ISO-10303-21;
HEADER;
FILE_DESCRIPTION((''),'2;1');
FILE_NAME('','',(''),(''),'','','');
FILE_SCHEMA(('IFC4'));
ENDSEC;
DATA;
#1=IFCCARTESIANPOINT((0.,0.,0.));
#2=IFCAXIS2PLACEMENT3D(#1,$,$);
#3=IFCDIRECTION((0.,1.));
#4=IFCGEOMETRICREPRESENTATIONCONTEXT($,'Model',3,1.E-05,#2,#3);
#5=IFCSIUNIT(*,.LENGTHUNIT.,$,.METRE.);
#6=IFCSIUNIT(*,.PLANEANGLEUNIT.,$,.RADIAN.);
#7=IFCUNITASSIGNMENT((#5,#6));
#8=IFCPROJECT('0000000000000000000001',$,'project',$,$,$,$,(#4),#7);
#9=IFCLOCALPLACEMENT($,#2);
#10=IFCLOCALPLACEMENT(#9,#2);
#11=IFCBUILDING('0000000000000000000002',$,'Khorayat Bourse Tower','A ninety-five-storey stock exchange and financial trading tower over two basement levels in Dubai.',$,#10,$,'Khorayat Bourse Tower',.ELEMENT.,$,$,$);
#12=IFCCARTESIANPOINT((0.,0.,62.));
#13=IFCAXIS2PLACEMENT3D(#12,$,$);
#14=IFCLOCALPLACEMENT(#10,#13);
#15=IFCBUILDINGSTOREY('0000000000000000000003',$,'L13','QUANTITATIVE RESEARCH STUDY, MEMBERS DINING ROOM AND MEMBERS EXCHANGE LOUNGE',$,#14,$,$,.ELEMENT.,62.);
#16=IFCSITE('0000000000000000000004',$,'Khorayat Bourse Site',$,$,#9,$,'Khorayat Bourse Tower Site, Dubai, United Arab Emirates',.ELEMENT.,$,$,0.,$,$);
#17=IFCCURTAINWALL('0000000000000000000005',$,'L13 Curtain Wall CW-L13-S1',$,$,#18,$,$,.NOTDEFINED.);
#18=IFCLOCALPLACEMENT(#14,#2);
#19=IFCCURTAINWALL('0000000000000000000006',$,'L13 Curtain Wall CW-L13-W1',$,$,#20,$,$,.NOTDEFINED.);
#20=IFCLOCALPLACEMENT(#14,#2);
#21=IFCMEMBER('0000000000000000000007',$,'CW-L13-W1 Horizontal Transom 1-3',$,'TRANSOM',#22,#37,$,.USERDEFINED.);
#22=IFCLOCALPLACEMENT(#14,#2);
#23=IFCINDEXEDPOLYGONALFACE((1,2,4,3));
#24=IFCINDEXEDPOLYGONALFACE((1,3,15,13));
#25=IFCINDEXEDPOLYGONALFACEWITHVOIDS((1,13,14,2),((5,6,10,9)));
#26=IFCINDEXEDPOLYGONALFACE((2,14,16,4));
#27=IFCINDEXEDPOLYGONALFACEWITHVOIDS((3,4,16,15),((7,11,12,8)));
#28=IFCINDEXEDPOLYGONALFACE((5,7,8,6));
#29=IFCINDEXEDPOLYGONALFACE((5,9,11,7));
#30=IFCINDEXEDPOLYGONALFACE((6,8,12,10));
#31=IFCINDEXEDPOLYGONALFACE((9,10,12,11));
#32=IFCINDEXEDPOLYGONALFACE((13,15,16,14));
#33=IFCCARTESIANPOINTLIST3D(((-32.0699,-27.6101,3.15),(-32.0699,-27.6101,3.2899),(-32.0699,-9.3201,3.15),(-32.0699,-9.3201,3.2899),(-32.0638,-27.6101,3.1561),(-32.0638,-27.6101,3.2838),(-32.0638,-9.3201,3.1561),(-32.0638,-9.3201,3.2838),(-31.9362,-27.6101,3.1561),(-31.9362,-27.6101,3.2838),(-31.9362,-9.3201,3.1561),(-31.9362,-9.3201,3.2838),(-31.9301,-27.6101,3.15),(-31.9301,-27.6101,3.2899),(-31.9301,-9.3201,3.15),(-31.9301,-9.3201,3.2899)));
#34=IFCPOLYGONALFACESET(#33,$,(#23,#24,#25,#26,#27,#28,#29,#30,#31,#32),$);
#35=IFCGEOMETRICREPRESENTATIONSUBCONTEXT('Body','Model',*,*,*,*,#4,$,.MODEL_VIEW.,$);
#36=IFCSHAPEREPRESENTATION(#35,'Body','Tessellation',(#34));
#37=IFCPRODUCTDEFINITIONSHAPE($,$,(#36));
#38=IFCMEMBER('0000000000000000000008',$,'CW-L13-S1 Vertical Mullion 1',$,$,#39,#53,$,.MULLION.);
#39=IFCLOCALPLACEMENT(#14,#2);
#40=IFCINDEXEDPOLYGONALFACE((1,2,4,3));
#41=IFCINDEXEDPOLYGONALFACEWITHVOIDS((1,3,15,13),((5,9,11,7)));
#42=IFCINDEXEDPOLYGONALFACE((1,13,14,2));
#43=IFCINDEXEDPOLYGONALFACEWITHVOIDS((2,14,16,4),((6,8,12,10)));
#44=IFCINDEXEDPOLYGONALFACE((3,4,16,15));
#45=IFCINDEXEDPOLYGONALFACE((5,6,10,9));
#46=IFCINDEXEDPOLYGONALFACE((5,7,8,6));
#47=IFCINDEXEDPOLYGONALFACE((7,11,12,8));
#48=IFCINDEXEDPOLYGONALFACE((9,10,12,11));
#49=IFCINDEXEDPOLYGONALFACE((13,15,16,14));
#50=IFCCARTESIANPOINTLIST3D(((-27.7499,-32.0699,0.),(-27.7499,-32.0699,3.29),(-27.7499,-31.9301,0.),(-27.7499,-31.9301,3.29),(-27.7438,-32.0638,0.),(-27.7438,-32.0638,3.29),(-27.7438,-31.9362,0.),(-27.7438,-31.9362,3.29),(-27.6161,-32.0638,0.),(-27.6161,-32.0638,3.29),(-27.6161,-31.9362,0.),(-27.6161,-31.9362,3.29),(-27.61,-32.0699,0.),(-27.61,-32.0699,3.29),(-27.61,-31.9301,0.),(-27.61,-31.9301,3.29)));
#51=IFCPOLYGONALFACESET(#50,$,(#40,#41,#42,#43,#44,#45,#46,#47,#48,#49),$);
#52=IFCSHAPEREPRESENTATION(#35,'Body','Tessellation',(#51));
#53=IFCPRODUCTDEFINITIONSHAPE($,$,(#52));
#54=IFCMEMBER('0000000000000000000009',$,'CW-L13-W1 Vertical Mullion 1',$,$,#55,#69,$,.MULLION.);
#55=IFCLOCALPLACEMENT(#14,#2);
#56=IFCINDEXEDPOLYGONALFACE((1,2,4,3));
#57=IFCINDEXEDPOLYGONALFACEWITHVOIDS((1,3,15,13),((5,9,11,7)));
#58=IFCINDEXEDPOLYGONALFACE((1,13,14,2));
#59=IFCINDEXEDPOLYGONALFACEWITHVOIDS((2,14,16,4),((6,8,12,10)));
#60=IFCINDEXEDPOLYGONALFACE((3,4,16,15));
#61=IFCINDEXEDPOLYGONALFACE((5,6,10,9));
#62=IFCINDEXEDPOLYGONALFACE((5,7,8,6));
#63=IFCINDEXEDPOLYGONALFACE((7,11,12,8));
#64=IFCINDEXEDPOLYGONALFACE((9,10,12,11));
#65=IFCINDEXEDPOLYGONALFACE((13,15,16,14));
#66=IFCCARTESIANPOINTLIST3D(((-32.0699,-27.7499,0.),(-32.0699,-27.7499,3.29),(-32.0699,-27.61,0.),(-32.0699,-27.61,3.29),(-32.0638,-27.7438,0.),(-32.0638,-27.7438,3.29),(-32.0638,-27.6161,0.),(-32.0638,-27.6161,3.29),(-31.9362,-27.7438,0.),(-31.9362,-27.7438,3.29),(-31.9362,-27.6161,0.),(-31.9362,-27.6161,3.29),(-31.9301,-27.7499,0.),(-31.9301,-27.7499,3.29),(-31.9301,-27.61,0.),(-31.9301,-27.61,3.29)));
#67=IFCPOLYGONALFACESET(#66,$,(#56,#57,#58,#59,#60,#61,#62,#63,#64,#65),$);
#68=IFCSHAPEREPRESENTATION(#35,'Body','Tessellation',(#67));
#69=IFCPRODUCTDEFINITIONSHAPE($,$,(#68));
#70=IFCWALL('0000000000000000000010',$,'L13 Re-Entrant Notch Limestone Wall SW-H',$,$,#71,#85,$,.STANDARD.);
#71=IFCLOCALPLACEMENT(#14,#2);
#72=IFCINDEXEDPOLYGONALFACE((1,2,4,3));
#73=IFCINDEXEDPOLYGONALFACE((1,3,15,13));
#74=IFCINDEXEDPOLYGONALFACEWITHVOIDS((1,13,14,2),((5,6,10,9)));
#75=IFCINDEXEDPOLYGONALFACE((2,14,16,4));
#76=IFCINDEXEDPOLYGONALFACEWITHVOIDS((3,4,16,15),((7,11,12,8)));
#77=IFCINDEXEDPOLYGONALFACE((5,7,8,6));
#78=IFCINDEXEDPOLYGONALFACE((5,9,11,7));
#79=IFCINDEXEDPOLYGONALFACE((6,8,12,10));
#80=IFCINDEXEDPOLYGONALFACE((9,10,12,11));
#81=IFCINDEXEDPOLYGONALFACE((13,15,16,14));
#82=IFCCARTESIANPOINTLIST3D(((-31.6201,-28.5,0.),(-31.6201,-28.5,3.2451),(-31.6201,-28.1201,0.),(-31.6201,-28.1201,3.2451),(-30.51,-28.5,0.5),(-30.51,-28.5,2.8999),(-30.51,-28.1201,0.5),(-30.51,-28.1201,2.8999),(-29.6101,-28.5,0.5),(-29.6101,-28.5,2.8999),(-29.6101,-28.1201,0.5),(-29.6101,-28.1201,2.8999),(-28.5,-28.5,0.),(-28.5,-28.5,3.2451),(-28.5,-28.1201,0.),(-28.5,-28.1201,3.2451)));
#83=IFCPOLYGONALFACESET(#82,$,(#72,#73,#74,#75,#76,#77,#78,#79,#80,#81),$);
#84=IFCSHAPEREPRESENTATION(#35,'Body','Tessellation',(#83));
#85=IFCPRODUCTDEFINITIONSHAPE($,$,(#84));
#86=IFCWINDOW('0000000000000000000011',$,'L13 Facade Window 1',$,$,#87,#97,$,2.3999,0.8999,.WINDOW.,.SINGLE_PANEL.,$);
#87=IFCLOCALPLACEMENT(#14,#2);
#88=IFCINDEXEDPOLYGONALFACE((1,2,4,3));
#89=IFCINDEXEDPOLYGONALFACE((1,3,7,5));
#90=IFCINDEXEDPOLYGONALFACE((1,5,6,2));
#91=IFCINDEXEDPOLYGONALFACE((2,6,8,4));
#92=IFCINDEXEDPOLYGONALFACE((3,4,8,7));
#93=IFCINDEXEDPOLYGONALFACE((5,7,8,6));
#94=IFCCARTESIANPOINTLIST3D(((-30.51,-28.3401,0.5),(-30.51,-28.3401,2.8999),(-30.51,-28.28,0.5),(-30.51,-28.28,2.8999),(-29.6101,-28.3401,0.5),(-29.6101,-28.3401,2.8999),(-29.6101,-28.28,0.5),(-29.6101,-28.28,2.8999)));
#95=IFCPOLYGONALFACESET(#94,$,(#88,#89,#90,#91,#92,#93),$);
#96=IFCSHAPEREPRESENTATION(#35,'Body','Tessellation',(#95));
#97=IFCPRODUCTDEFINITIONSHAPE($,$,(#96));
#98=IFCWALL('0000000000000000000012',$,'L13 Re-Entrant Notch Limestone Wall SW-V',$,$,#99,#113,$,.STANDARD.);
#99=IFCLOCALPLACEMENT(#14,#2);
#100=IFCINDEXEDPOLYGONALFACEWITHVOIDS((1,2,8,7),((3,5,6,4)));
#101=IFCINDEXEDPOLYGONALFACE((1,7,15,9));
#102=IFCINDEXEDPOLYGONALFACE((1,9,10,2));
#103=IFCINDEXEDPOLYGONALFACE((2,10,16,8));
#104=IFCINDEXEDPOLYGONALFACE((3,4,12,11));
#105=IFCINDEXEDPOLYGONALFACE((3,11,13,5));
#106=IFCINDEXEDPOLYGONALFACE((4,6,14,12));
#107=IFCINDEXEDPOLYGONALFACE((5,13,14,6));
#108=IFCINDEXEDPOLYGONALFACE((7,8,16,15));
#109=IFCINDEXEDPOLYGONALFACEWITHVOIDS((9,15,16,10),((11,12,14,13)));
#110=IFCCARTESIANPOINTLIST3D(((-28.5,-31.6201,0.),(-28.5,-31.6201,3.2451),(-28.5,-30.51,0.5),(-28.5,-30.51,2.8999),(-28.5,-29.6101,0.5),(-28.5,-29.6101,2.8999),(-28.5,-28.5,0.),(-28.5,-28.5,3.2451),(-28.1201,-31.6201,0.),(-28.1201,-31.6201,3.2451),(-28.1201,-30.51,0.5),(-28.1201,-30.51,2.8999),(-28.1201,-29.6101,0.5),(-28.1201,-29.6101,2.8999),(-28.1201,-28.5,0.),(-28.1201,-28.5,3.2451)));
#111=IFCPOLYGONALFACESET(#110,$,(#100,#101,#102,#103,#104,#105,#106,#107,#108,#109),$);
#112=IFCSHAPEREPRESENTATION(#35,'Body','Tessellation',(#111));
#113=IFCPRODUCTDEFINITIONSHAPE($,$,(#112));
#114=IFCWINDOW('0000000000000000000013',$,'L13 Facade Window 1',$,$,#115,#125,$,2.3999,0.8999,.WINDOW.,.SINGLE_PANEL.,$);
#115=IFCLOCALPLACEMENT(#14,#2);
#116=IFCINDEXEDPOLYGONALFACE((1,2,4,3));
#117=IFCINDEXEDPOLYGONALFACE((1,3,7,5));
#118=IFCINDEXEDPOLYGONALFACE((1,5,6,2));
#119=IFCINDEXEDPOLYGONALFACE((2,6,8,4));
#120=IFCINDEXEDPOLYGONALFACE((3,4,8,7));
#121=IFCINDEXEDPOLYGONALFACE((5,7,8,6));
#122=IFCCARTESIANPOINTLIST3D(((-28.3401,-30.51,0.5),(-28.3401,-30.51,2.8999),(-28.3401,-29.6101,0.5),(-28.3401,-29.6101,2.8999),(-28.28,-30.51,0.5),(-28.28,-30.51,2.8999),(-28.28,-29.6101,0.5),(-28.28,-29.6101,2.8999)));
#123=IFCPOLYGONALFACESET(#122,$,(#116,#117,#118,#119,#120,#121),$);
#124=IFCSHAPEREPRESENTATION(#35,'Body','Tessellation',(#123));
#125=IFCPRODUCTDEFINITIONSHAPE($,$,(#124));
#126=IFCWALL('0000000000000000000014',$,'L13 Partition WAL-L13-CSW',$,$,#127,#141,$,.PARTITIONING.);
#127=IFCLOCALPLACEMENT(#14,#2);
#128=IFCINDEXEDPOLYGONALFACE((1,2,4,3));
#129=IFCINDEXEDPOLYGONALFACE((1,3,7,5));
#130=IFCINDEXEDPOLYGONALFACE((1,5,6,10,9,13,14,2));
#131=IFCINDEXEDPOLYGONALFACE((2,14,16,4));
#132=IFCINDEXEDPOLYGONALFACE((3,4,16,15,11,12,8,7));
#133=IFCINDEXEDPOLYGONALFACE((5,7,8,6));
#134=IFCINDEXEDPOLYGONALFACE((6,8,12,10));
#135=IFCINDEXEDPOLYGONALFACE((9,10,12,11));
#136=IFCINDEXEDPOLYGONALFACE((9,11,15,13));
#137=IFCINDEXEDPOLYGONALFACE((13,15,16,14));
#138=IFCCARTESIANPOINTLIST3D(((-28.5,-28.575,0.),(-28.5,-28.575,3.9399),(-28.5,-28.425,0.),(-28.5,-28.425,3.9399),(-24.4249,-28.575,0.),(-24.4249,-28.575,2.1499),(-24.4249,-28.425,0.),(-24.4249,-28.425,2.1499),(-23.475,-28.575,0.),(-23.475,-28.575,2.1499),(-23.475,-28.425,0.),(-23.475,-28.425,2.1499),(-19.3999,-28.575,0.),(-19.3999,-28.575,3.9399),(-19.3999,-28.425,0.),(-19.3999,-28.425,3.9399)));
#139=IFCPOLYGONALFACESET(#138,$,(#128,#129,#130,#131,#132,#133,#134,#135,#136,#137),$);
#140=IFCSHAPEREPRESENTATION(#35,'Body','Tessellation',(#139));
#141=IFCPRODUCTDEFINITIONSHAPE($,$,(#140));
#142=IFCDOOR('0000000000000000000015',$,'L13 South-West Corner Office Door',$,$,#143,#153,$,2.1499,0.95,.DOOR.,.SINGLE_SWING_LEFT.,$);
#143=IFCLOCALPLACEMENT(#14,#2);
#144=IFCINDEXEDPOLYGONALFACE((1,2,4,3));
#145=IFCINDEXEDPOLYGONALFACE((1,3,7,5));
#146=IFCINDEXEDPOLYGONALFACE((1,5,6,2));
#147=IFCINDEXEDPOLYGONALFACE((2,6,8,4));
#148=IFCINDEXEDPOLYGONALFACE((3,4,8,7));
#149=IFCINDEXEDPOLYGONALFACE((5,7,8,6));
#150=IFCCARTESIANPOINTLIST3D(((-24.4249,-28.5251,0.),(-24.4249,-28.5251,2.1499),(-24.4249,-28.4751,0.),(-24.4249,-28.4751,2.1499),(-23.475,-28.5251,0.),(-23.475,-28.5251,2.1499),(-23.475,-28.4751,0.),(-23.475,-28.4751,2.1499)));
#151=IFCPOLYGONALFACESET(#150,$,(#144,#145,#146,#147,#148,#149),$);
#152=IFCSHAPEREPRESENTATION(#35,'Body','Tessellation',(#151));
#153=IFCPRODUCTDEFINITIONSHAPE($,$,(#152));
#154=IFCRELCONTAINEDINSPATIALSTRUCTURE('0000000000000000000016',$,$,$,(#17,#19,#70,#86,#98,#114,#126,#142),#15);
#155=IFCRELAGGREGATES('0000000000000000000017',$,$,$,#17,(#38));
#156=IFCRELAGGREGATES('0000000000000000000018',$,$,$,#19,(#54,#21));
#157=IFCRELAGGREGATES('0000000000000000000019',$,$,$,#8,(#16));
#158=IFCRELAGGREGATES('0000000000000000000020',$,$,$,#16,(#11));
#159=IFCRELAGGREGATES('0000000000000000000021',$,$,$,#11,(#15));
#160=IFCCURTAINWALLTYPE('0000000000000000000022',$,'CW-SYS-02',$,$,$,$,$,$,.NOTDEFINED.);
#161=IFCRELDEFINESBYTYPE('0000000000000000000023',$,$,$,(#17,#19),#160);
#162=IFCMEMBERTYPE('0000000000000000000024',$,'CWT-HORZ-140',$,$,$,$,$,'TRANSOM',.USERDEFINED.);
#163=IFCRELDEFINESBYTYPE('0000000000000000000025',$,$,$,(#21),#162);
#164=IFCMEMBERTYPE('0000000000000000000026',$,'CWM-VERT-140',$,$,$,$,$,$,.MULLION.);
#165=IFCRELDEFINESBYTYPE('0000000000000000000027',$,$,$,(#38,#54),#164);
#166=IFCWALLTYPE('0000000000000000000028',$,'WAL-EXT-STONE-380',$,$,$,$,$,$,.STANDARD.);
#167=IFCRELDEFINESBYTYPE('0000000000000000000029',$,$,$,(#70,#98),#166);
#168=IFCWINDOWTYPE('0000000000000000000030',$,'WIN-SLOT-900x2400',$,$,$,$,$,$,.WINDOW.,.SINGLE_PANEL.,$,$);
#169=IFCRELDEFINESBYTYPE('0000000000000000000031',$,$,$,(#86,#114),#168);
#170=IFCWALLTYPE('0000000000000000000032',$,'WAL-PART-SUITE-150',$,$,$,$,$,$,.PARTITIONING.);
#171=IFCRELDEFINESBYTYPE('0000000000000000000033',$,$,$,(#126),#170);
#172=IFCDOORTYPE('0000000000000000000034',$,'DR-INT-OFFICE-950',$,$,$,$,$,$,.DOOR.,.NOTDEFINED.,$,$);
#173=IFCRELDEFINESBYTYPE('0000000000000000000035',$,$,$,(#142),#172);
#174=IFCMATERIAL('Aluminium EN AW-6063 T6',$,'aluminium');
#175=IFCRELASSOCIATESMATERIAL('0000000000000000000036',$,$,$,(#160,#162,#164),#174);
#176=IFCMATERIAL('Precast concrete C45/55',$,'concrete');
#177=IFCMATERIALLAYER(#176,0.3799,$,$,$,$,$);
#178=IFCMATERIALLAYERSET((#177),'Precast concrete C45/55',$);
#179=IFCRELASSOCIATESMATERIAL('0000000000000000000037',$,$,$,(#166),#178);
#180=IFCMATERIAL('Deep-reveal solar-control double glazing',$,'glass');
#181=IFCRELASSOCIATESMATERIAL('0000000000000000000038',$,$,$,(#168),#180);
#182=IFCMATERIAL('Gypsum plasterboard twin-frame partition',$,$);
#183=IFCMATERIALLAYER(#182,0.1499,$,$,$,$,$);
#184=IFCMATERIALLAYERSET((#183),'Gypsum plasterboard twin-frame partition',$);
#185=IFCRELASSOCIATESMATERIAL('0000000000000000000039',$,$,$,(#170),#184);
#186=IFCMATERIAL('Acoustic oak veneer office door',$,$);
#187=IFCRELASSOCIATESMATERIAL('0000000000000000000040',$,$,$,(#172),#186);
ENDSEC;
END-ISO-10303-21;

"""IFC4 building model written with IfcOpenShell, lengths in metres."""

from ifc_helpers import new_model, si_unit, direction, frame, frame_2d, origin, origin_2d, place, context, subcontext, project, spatial, rectangle, hollow_rectangle, extrude, source, transform, mapped, material, layer, layer_set, material_profile, profile_set, type_object, element, fill, aggregate, save


model = new_model("IFC4")

# Units and contexts
model_context = context("Model", 3, precision=1e-05, world=origin(), true_north=direction((0.0, 1.0)))
body_context = subcontext(model_context, "Body", "Model", "MODEL_VIEW")
ifc_project = project(units=[si_unit("LENGTHUNIT", "METRE"), si_unit("PLANEANGLEUNIT", "RADIAN")], contexts=[model_context])

# Site, building, storey
site_placement = place(None, origin())
site = spatial("IfcSite", under=ifc_project, at=site_placement, Name="Khorayat Bourse Site", LongName="Khorayat Bourse Tower Site, Dubai, United Arab Emirates", CompositionType="ELEMENT", RefElevation=0.0)
building_placement = place(site_placement, origin())
building = spatial("IfcBuilding", under=site, at=building_placement, Name="Khorayat Bourse Tower", Description="A ninety-five-storey stock exchange and financial trading tower over two basement levels in Dubai.", LongName="Khorayat Bourse Tower", CompositionType="ELEMENT")
storey_placement = place(building_placement, frame((0.0, 0.0, 62.0)))
storey = spatial("IfcBuildingStorey", under=building, at=storey_placement, Name="L13", Description="QUANTITATIVE RESEARCH STUDY, MEMBERS DINING ROOM AND MEMBERS EXCHANGE LOUNGE", CompositionType="ELEMENT", Elevation=62.0)

# Curtain walls, member
ifc_material_1 = material(Name="Aluminium EN AW-6063 T6", Category="aluminium")
curtain_wall_type = type_object("IfcCurtainWallType", Name="CW-SYS-02", PredefinedType="NOTDEFINED", material=ifc_material_1)
curtain_wall_1_placement = place(storey_placement, origin())
curtain_wall_1 = element("IfcCurtainWall", 1, at=curtain_wall_1_placement, inside=storey, type_object=curtain_wall_type, Name="L13 Curtain Wall CW-L13-S1", PredefinedType="NOTDEFINED")
ifc_material_profile_1 = material_profile(ifc_material_1, hollow_rectangle(XDim=0.1399, YDim=0.1399, WallThickness=0.0061, at=origin_2d()), Name="ALU 140x140x6")
ifc_profile_set_1 = profile_set([ifc_material_profile_1], Name="Aluminium EN AW-6063 T6")
member_type_1 = type_object("IfcMemberType", Name="CWT-HORZ-140", ElementType="TRANSOM", PredefinedType="USERDEFINED", material=ifc_profile_set_1)
shared_shape_1 = source(origin(), body_context, "Body", "SweptSolid", [
    extrude(hollow_rectangle(XDim=0.1399, YDim=0.1399, WallThickness=0.0061, at=origin_2d()), origin(), (0.0, 0.0, 1.0), 18.29),
])
curtain_wall_2_placement = place(storey_placement, origin())
curtain_wall_2 = element("IfcCurtainWall", 2, at=curtain_wall_2_placement, inside=storey, type_object=curtain_wall_type, Name="L13 Curtain Wall CW-L13-W1", PredefinedType="NOTDEFINED")
member_1_placement = place(storey_placement, frame((-32.0, -27.6101, 3.22), z_axis=(0.0, 1.0, 0.0), x_axis=(-1.0, 0.0, 0.0)))
member_1 = element("IfcMember", 3, at=member_1_placement, type_object=member_type_1, Name="CW-L13-W1 Horizontal Transom 1-3", ObjectType="TRANSOM", PredefinedType="USERDEFINED", context=body_context, shape_type="MappedRepresentation", body=[
    mapped(shared_shape_1, transform((0.0, 0.0, 0.0), scale=1.0)),
])

# Members
ifc_material_profile_2 = material_profile(ifc_material_1, hollow_rectangle(XDim=0.1399, YDim=0.1399, WallThickness=0.0061, at=origin_2d()), Name="ALU 140x140x6")
ifc_profile_set_2 = profile_set([ifc_material_profile_2], Name="Aluminium EN AW-6063 T6")
member_type_2 = type_object("IfcMemberType", Name="CWM-VERT-140", PredefinedType="MULLION", material=ifc_profile_set_2)
shared_shape_2 = source(origin(), body_context, "Body", "SweptSolid", [
    extrude(hollow_rectangle(XDim=0.1399, YDim=0.1399, WallThickness=0.0061, at=origin_2d()), origin(), (0.0, 0.0, 1.0), 3.29),
])
member_2_placement = place(storey_placement, frame((-27.6799, -32.0, 0.0), z_axis=(0.0, 0.0, 1.0), x_axis=(0.0, 1.0, 0.0)))
member_2 = element("IfcMember", 4, at=member_2_placement, type_object=member_type_2, Name="CW-L13-S1 Vertical Mullion 1", PredefinedType="MULLION", context=body_context, shape_type="MappedRepresentation", body=[
    mapped(shared_shape_2, transform((0.0, 0.0, 0.0), scale=1.0)),
])
aggregate(curtain_wall_1, [member_2])
member_3_placement = place(storey_placement, frame((-32.0, -27.6799, 0.0), z_axis=(0.0, 0.0, 1.0), x_axis=(-1.0, 0.0, 0.0)))
member_3 = element("IfcMember", 5, at=member_3_placement, type_object=member_type_2, Name="CW-L13-W1 Vertical Mullion 1", PredefinedType="MULLION", context=body_context, shape_type="MappedRepresentation", body=[
    mapped(shared_shape_2, transform((0.0, 0.0, 0.0), scale=1.0)),
])
aggregate(curtain_wall_2, [member_3, member_1])

# Walls, openings, windows
ifc_material_2 = material(Name="Precast concrete C45/55", Category="concrete")
ifc_layer_1 = layer(ifc_material_2, 0.3799)
ifc_layer_set_1 = layer_set([ifc_layer_1], Name="Precast concrete C45/55")
wall_type_1 = type_object("IfcWallType", Name="WAL-EXT-STONE-380", PredefinedType="STANDARD", material=ifc_layer_set_1)
shared_shape_3 = source(origin(), body_context, "Body", "SweptSolid", [
    extrude(rectangle(XDim=3.1201, YDim=0.3799, at=frame_2d((1.5601, 0.0))), origin(), (0.0, 0.0, 1.0), 3.2451),
])
wall_1_placement = place(storey_placement, frame((-28.5, -28.3101, 0.0), z_axis=(0.0, 0.0, 1.0), x_axis=(-1.0, 0.0, 0.0)))
wall_1 = element("IfcWall", 6, at=wall_1_placement, inside=storey, type_object=wall_type_1, Name="L13 Re-Entrant Notch Limestone Wall SW-H", PredefinedType="STANDARD", context=body_context, shape_type="MappedRepresentation", body=[
    mapped(shared_shape_3, transform((0.0, 0.0, 0.0), scale=1.0)),
])
shared_shape_4 = source(origin(), body_context, "Body", "SweptSolid", [
    extrude(rectangle(XDim=0.8999, YDim=2.3999, at=frame_2d((0.45, 1.2))), frame((0.0, 0.2, 0.0), z_axis=(0.0, -1.0, 0.0), x_axis=(1.0, 0.0, 0.0)), (0.0, 0.0, 1.0), 0.3999),
])
opening_1_placement = place(wall_1_placement, frame((1.1101, 0.0, 0.5)))
opening_1 = element("IfcOpeningElement", 7, at=opening_1_placement, cuts=wall_1, PredefinedType="OPENING", context=body_context, shape_type="MappedRepresentation", body=[
    mapped(shared_shape_4, transform((0.0, 0.0, 0.0), scale=1.0)),
])
ifc_material_3 = material(Name="Deep-reveal solar-control double glazing", Category="glass")
window_type = type_object("IfcWindowType", Name="WIN-SLOT-900x2400", PartitioningType="SINGLE_PANEL", PredefinedType="WINDOW", material=ifc_material_3)
shared_shape_5 = source(origin(), body_context, "Body", "SweptSolid", [
    extrude(rectangle(XDim=0.8999, YDim=2.3999, at=frame_2d((0.45, 1.2))), frame((0.0, 0.03, 0.0), z_axis=(0.0, -1.0, 0.0), x_axis=(1.0, 0.0, 0.0)), (0.0, 0.0, 1.0), 0.0601),
])
window_1_placement = place(opening_1_placement, origin())
window_1 = element("IfcWindow", 8, at=window_1_placement, inside=storey, type_object=window_type, Name="L13 Facade Window 1", OverallHeight=2.3999, OverallWidth=0.8999, PartitioningType="SINGLE_PANEL", PredefinedType="WINDOW", context=body_context, shape_type="MappedRepresentation", body=[
    mapped(shared_shape_5, transform((0.0, 0.0, 0.0), scale=1.0)),
])
fill(opening_1, window_1)
wall_2_placement = place(storey_placement, frame((-28.3101, -31.6201, 0.0), z_axis=(0.0, 0.0, 1.0), x_axis=(0.0, 1.0, 0.0)))
wall_2 = element("IfcWall", 9, at=wall_2_placement, inside=storey, type_object=wall_type_1, Name="L13 Re-Entrant Notch Limestone Wall SW-V", PredefinedType="STANDARD", context=body_context, shape_type="MappedRepresentation", body=[
    mapped(shared_shape_3, transform((0.0, 0.0, 0.0), scale=1.0)),
])
opening_2_placement = place(wall_2_placement, frame((1.1101, 0.0, 0.5)))
opening_2 = element("IfcOpeningElement", 10, at=opening_2_placement, cuts=wall_2, PredefinedType="OPENING", context=body_context, shape_type="MappedRepresentation", body=[
    mapped(shared_shape_4, transform((0.0, 0.0, 0.0), scale=1.0)),
])
window_2_placement = place(opening_2_placement, origin())
window_2 = element("IfcWindow", 11, at=window_2_placement, inside=storey, type_object=window_type, Name="L13 Facade Window 1", OverallHeight=2.3999, OverallWidth=0.8999, PartitioningType="SINGLE_PANEL", PredefinedType="WINDOW", context=body_context, shape_type="MappedRepresentation", body=[
    mapped(shared_shape_5, transform((0.0, 0.0, 0.0), scale=1.0)),
])
fill(opening_2, window_2)

# Wall, opening, door
ifc_material_4 = material(Name="Gypsum plasterboard twin-frame partition")
ifc_layer_2 = layer(ifc_material_4, 0.1499)
ifc_layer_set_2 = layer_set([ifc_layer_2], Name="Gypsum plasterboard twin-frame partition")
wall_type_2 = type_object("IfcWallType", Name="WAL-PART-SUITE-150", PredefinedType="PARTITIONING", material=ifc_layer_set_2)
shared_shape_6 = source(origin(), body_context, "Body", "SweptSolid", [
    extrude(rectangle(XDim=9.1001, YDim=0.1499, at=frame_2d((4.55, 0.0))), origin(), (0.0, 0.0, 1.0), 3.9399),
])
wall_3_placement = place(storey_placement, frame((-28.5, -28.5, 0.0), z_axis=(0.0, 0.0, 1.0), x_axis=(1.0, 0.0, 0.0)))
wall_3 = element("IfcWall", 12, at=wall_3_placement, inside=storey, type_object=wall_type_2, Name="L13 Partition WAL-L13-CSW", PredefinedType="PARTITIONING", context=body_context, shape_type="MappedRepresentation", body=[
    mapped(shared_shape_6, transform((0.0, 0.0, 0.0), scale=1.0)),
])
shared_shape_7 = source(origin(), body_context, "Body", "SweptSolid", [
    extrude(rectangle(XDim=0.95, YDim=2.1499, at=frame_2d((0.4751, 1.075))), frame((0.0, 0.085, 0.0), z_axis=(0.0, -1.0, 0.0), x_axis=(1.0, 0.0, 0.0)), (0.0, 0.0, 1.0), 0.1699),
])
opening_3_placement = place(wall_3_placement, frame((4.075, 0.0, 0.0)))
opening_3 = element("IfcOpeningElement", 13, at=opening_3_placement, cuts=wall_3, PredefinedType="OPENING", context=body_context, shape_type="MappedRepresentation", body=[
    mapped(shared_shape_7, transform((0.0, 0.0, 0.0), scale=1.0)),
])
ifc_material_5 = material(Name="Acoustic oak veneer office door")
door_type = type_object("IfcDoorType", Name="DR-INT-OFFICE-950", OperationType="NOTDEFINED", PredefinedType="DOOR", material=ifc_material_5)
shared_shape_8 = source(origin(), body_context, "Body", "SweptSolid", [
    extrude(rectangle(XDim=0.95, YDim=2.1499, at=frame_2d((0.4751, 1.075))), frame((0.0, 0.0249, 0.0), z_axis=(0.0, -1.0, 0.0), x_axis=(1.0, 0.0, 0.0)), (0.0, 0.0, 1.0), 0.05),
])
door_placement = place(opening_3_placement, origin())
door = element("IfcDoor", 14, at=door_placement, inside=storey, type_object=door_type, Name="L13 South-West Corner Office Door", OperationType="SINGLE_SWING_LEFT", OverallHeight=2.1499, OverallWidth=0.95, PredefinedType="DOOR", context=body_context, shape_type="MappedRepresentation", body=[
    mapped(shared_shape_8, transform((0.0, 0.0, 0.0), scale=1.0)),
])
fill(opening_3, door)

save(model, "model.ifc")
